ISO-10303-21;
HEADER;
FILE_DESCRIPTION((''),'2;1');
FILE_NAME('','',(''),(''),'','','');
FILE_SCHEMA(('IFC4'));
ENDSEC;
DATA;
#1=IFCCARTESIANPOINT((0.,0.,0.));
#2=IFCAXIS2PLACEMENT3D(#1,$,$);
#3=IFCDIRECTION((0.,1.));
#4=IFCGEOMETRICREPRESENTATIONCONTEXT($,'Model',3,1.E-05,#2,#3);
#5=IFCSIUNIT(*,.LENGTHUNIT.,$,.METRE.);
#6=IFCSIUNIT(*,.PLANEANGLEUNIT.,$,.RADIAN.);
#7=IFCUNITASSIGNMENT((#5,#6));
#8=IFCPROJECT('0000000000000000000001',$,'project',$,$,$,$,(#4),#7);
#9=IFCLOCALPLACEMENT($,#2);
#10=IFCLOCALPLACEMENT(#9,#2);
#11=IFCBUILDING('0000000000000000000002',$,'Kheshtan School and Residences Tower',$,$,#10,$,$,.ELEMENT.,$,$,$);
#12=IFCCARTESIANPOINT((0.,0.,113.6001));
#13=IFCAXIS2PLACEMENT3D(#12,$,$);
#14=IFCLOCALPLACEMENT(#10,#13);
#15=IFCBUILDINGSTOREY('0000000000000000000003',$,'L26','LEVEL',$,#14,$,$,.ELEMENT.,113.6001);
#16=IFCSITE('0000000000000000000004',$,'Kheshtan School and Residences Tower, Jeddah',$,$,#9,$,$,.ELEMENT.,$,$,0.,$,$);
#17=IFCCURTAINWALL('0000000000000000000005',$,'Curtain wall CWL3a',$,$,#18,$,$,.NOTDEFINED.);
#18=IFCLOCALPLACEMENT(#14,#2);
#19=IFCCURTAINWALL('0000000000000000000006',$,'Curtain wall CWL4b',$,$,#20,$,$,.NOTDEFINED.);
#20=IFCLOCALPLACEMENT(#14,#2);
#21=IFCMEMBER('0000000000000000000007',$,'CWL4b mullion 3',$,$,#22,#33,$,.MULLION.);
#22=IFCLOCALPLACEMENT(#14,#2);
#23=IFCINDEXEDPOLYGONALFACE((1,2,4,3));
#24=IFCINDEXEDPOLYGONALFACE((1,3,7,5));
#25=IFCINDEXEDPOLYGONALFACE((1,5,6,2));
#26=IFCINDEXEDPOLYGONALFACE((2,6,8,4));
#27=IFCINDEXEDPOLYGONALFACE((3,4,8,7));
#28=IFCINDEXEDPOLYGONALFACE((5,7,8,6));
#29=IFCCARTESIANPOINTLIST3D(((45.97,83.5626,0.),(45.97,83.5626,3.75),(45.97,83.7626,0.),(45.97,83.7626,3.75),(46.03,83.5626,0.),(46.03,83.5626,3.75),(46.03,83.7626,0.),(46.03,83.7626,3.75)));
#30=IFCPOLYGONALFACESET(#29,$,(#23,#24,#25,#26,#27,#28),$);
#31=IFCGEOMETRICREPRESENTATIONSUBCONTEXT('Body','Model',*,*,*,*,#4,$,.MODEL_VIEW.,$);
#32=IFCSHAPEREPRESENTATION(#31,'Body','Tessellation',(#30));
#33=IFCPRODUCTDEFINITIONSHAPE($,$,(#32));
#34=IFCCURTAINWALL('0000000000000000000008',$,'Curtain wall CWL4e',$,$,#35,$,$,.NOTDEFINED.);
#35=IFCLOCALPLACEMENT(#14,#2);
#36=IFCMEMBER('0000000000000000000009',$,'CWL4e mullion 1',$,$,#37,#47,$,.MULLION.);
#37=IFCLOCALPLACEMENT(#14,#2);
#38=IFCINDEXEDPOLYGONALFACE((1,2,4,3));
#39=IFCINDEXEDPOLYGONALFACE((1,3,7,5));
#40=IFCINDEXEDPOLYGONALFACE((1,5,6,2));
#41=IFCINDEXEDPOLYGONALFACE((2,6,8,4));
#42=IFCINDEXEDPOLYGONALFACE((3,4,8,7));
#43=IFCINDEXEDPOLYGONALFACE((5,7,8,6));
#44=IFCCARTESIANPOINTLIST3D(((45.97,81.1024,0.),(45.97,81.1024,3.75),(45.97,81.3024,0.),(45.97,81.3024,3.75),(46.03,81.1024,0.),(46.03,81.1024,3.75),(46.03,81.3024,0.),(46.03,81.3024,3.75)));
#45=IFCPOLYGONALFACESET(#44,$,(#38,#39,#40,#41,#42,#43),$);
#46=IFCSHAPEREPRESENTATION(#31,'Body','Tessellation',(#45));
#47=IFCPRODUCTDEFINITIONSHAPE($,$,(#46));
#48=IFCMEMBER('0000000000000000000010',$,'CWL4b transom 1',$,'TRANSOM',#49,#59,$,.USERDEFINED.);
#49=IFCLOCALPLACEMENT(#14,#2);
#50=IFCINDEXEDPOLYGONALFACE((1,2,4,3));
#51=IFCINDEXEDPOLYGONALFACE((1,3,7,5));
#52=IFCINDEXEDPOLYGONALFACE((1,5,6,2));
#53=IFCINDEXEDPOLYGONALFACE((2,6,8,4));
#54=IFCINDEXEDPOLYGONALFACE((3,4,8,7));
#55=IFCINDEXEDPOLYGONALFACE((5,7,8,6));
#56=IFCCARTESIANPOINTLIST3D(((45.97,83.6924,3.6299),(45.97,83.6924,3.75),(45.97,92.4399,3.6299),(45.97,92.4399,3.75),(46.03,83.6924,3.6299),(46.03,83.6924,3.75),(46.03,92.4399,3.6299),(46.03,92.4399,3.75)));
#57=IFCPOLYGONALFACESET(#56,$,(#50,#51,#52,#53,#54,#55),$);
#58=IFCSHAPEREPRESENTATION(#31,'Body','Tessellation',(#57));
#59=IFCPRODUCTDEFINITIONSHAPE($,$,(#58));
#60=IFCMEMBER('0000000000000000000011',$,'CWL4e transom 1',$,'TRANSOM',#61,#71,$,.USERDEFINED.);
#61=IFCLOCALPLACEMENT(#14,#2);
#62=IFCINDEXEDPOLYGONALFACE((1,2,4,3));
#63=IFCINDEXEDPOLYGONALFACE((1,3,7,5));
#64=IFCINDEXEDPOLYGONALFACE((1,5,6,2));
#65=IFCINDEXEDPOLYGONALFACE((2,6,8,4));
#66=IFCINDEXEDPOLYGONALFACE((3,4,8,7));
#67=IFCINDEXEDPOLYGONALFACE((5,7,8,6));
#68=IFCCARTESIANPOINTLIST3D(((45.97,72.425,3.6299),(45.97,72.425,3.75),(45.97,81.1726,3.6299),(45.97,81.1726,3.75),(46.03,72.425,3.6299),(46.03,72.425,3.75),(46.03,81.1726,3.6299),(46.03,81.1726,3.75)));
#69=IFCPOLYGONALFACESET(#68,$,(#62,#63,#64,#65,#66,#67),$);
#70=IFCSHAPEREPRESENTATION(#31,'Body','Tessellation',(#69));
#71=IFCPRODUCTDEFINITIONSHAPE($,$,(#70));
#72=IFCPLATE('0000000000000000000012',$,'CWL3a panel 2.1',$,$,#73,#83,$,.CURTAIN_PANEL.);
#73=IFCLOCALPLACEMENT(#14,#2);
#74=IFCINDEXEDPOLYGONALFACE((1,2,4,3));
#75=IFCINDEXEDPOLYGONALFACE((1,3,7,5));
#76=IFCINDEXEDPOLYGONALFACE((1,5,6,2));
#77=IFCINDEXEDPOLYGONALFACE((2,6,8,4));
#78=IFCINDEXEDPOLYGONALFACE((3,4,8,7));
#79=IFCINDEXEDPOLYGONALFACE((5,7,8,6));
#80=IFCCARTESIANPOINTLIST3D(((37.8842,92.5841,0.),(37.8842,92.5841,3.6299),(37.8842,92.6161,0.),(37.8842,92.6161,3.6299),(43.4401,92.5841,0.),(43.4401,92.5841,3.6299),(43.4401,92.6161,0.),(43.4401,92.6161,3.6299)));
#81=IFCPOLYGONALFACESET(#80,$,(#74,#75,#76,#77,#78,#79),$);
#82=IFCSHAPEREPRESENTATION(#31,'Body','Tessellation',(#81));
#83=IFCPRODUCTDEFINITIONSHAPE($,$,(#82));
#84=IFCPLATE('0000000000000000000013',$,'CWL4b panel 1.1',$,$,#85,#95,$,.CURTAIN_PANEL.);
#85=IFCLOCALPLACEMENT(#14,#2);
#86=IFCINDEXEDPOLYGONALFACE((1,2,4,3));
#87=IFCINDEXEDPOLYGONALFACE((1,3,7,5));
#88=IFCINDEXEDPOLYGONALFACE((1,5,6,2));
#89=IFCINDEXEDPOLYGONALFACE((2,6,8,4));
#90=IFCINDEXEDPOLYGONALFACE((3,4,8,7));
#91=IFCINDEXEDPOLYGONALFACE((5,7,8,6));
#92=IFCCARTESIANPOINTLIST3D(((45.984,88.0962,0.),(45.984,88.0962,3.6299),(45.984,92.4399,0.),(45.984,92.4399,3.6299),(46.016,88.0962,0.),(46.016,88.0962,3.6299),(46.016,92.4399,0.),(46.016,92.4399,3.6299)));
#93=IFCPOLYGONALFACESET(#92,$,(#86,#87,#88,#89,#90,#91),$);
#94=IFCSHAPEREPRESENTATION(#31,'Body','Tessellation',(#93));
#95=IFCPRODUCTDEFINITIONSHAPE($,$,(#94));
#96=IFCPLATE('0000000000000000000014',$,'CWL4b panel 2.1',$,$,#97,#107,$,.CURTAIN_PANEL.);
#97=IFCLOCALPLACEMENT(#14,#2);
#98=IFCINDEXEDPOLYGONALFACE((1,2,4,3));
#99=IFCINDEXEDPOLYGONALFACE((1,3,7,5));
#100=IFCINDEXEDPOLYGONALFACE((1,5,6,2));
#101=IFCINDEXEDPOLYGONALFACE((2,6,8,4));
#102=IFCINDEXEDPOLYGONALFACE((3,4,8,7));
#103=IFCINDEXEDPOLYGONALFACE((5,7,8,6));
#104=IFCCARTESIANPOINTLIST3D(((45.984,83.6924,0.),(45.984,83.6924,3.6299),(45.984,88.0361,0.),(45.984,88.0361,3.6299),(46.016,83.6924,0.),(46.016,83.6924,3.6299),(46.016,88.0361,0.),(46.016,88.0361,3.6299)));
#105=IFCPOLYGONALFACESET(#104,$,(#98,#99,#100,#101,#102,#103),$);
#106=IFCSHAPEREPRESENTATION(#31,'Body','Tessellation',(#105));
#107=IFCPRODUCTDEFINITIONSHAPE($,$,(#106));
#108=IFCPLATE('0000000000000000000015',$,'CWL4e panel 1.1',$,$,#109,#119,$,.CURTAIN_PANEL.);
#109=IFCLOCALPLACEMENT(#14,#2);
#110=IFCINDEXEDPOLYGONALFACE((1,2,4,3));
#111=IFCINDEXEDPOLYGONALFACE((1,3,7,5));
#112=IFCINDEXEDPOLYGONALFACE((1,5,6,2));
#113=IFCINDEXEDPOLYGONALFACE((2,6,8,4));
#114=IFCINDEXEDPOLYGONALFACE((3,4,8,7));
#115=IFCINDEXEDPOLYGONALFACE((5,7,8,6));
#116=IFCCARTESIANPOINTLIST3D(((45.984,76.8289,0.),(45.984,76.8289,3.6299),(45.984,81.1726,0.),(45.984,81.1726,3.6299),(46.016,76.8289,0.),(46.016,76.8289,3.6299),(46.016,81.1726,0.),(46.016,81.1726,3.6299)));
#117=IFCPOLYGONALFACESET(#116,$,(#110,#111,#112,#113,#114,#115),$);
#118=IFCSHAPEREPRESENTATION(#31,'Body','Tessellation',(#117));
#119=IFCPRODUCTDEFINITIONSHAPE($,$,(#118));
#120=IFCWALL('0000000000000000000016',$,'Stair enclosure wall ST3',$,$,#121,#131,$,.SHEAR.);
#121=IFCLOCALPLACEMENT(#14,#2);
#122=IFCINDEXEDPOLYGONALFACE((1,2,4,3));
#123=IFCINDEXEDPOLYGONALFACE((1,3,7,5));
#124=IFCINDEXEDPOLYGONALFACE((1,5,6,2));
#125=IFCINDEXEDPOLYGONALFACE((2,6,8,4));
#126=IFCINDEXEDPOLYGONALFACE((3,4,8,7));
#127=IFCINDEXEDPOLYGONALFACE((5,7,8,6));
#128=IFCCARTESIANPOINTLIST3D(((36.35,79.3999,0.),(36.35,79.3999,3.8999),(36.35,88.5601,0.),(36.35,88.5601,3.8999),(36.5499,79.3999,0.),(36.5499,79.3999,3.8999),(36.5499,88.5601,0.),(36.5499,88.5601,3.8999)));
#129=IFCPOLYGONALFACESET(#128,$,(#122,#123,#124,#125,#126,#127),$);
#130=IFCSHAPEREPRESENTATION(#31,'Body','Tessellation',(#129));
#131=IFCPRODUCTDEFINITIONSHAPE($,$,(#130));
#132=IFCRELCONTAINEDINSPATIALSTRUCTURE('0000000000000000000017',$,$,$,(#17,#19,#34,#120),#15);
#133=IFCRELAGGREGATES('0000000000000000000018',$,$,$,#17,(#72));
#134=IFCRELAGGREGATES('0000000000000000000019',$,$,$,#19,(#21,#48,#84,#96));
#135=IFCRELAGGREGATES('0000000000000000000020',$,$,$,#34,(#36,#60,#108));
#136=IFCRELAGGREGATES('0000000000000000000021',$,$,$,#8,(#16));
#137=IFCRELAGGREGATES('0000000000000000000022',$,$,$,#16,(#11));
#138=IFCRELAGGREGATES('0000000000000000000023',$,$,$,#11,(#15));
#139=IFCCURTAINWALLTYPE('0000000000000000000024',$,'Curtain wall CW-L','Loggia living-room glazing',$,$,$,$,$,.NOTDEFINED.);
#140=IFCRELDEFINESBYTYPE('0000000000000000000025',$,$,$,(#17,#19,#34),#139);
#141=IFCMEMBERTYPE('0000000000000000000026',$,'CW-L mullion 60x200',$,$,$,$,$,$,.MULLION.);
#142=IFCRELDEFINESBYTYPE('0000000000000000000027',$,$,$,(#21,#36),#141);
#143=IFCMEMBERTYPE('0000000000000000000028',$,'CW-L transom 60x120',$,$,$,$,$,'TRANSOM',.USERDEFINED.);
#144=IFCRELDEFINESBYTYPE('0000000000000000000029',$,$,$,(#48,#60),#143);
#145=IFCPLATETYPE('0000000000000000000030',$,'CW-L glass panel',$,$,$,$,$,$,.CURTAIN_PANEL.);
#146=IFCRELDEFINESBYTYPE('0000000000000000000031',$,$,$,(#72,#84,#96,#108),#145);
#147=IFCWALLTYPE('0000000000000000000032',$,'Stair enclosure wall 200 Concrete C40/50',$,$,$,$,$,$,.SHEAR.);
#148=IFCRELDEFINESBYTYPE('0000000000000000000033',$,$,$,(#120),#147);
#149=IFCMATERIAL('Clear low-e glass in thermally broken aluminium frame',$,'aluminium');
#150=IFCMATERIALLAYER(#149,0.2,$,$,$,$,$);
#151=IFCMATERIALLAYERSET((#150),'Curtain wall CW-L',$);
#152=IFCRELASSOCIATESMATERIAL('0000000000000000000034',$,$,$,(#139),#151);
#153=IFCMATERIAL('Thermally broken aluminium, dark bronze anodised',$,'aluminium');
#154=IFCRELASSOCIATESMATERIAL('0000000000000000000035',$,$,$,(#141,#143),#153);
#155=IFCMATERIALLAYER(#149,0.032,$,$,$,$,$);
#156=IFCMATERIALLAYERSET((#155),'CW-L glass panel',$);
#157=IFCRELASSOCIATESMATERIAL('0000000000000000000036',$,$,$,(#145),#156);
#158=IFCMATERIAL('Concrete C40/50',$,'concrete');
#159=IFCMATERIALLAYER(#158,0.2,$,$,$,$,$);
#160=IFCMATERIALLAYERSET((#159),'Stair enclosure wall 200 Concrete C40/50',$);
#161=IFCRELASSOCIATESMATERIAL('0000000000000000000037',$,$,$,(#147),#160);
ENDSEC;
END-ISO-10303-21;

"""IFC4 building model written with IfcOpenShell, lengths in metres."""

from ifc_helpers import new_model, si_unit, direction, frame, frame_2d, origin, origin_2d, place, context, subcontext, project, spatial, rectangle, extrude, material, layer, layer_set, material_profile, profile_set, type_object, element, aggregate, save


model = new_model("IFC4")

# Units and contexts
model_context = context("Model", 3, precision=1e-05, world=origin(), true_north=direction((0.0, 1.0)))
body_context = subcontext(model_context, "Body", "Model", "MODEL_VIEW")
ifc_project = project(units=[si_unit("LENGTHUNIT", "METRE"), si_unit("PLANEANGLEUNIT", "RADIAN")], contexts=[model_context])

# Site, building, storey
site_placement = place(None, origin())
site = spatial("IfcSite", under=ifc_project, at=site_placement, Name="Kheshtan School and Residences Tower, Jeddah", CompositionType="ELEMENT", RefElevation=0.0)
building_placement = place(site_placement, origin())
building = spatial("IfcBuilding", under=site, at=building_placement, Name="Kheshtan School and Residences Tower", CompositionType="ELEMENT")
storey_placement = place(building_placement, frame((0.0, 0.0, 113.6001)))
storey = spatial("IfcBuildingStorey", under=building, at=storey_placement, Name="L26", Description="LEVEL", CompositionType="ELEMENT", Elevation=113.6001)

# Curtain walls, member
ifc_material_1 = material(Name="Clear low-e glass in thermally broken aluminium frame", Category="aluminium")
ifc_layer_1 = layer(ifc_material_1, 0.2)
ifc_layer_set_1 = layer_set([ifc_layer_1], Name="Curtain wall CW-L")
curtain_wall_type = type_object("IfcCurtainWallType", Name="Curtain wall CW-L", Description="Loggia living-room glazing", PredefinedType="NOTDEFINED", material=ifc_layer_set_1)
curtain_wall_1_placement = place(storey_placement, origin())
curtain_wall_1 = element("IfcCurtainWall", 1, at=curtain_wall_1_placement, inside=storey, type_object=curtain_wall_type, Name="Curtain wall CWL3a", PredefinedType="NOTDEFINED")
ifc_material_2 = material(Name="Thermally broken aluminium, dark bronze anodised", Category="aluminium")
ifc_material_profile_1 = material_profile(ifc_material_2, rectangle(XDim=0.0601, YDim=0.2, at=origin_2d()), Name="CW-L mullion 60x200")
ifc_profile_set_1 = profile_set([ifc_material_profile_1], Name="Thermally broken aluminium, dark bronze anodised")
member_type_1 = type_object("IfcMemberType", Name="CW-L mullion 60x200", PredefinedType="MULLION", material=ifc_profile_set_1)
curtain_wall_2_placement = place(storey_placement, origin())
curtain_wall_2 = element("IfcCurtainWall", 2, at=curtain_wall_2_placement, inside=storey, type_object=curtain_wall_type, Name="Curtain wall CWL4b", PredefinedType="NOTDEFINED")
member_1_placement = place(storey_placement, frame((46.0, 83.6626, 0.0), z_axis=(0.0, 0.0, 1.0), x_axis=(1.0, 0.0, 0.0)))
member_1 = element("IfcMember", 3, at=member_1_placement, type_object=member_type_1, Name="CWL4b mullion 3", PredefinedType="MULLION", context=body_context, shape_type="SweptSolid", body=[
    extrude(rectangle(XDim=0.0601, YDim=0.2, at=origin_2d()), origin(), (0.0, 0.0, 1.0), 3.75),
])

# Curtain wall, member
curtain_wall_3_placement = place(storey_placement, origin())
curtain_wall_3 = element("IfcCurtainWall", 4, at=curtain_wall_3_placement, inside=storey, type_object=curtain_wall_type, Name="Curtain wall CWL4e", PredefinedType="NOTDEFINED")
member_2_placement = place(storey_placement, frame((46.0, 81.2024, 0.0), z_axis=(0.0, 0.0, 1.0), x_axis=(1.0, 0.0, 0.0)))
member_2 = element("IfcMember", 5, at=member_2_placement, type_object=member_type_1, Name="CWL4e mullion 1", PredefinedType="MULLION", context=body_context, shape_type="SweptSolid", body=[
    extrude(rectangle(XDim=0.0601, YDim=0.2, at=origin_2d()), origin(), (0.0, 0.0, 1.0), 3.75),
])

# Members
ifc_material_profile_2 = material_profile(ifc_material_2, rectangle(XDim=0.0601, YDim=0.1201, at=origin_2d()), Name="CW-L transom 60x120")
ifc_profile_set_2 = profile_set([ifc_material_profile_2], Name="Thermally broken aluminium, dark bronze anodised")
member_type_2 = type_object("IfcMemberType", Name="CW-L transom 60x120", ElementType="TRANSOM", PredefinedType="USERDEFINED", material=ifc_profile_set_2)
member_3_placement = place(storey_placement, frame((46.0, 92.4399, 3.6899), z_axis=(0.0, -1.0, 0.0), x_axis=(1.0, 0.0, 0.0)))
member_3 = element("IfcMember", 6, at=member_3_placement, type_object=member_type_2, Name="CWL4b transom 1", ObjectType="TRANSOM", PredefinedType="USERDEFINED", context=body_context, shape_type="SweptSolid", body=[
    extrude(rectangle(XDim=0.0601, YDim=0.1201, at=origin_2d()), origin(), (0.0, 0.0, 1.0), 8.7476),
])
member_4_placement = place(storey_placement, frame((46.0, 81.1726, 3.6899), z_axis=(0.0, -1.0, 0.0), x_axis=(1.0, 0.0, 0.0)))
member_4 = element("IfcMember", 7, at=member_4_placement, type_object=member_type_2, Name="CWL4e transom 1", ObjectType="TRANSOM", PredefinedType="USERDEFINED", context=body_context, shape_type="SweptSolid", body=[
    extrude(rectangle(XDim=0.0601, YDim=0.1201, at=origin_2d()), origin(), (0.0, 0.0, 1.0), 8.7476),
])

# Plates
ifc_layer_2 = layer(ifc_material_1, 0.032)
ifc_layer_set_2 = layer_set([ifc_layer_2], Name="CW-L glass panel")
plate_type = type_object("IfcPlateType", Name="CW-L glass panel", PredefinedType="CURTAIN_PANEL", material=ifc_layer_set_2)
plate_1_placement = place(storey_placement, frame((40.6621, 92.6001, 0.0), z_axis=(0.0, 0.0, 1.0), x_axis=(1.0, 0.0, 0.0)))
plate_1 = element("IfcPlate", 8, at=plate_1_placement, type_object=plate_type, Name="CWL3a panel 2.1", PredefinedType="CURTAIN_PANEL", context=body_context, shape_type="SweptSolid", body=[
    extrude(rectangle(XDim=5.5559, YDim=0.032, at=origin_2d()), origin(), (0.0, 0.0, 1.0), 3.6299),
])
aggregate(curtain_wall_1, [plate_1])
plate_2_placement = place(storey_placement, frame((46.0, 90.2681, 0.0), z_axis=(0.0, 0.0, 1.0), x_axis=(0.0, -1.0, 0.0)))
plate_2 = element("IfcPlate", 9, at=plate_2_placement, type_object=plate_type, Name="CWL4b panel 1.1", PredefinedType="CURTAIN_PANEL", context=body_context, shape_type="SweptSolid", body=[
    extrude(rectangle(XDim=4.3438, YDim=0.032, at=origin_2d()), origin(), (0.0, 0.0, 1.0), 3.6299),
])
plate_3_placement = place(storey_placement, frame((46.0, 85.8643, 0.0), z_axis=(0.0, 0.0, 1.0), x_axis=(0.0, -1.0, 0.0)))
plate_3 = element("IfcPlate", 10, at=plate_3_placement, type_object=plate_type, Name="CWL4b panel 2.1", PredefinedType="CURTAIN_PANEL", context=body_context, shape_type="SweptSolid", body=[
    extrude(rectangle(XDim=4.3438, YDim=0.032, at=origin_2d()), origin(), (0.0, 0.0, 1.0), 3.6299),
])
aggregate(curtain_wall_2, [member_1, member_3, plate_2, plate_3])
plate_4_placement = place(storey_placement, frame((46.0, 79.0007, 0.0), z_axis=(0.0, 0.0, 1.0), x_axis=(0.0, -1.0, 0.0)))
plate_4 = element("IfcPlate", 11, at=plate_4_placement, type_object=plate_type, Name="CWL4e panel 1.1", PredefinedType="CURTAIN_PANEL", context=body_context, shape_type="SweptSolid", body=[
    extrude(rectangle(XDim=4.3438, YDim=0.032, at=origin_2d()), origin(), (0.0, 0.0, 1.0), 3.6299),
])
aggregate(curtain_wall_3, [member_2, member_4, plate_4])

# Wall
ifc_material_3 = material(Name="Concrete C40/50", Category="concrete")
ifc_layer_3 = layer(ifc_material_3, 0.2)
ifc_layer_set_3 = layer_set([ifc_layer_3], Name="Stair enclosure wall 200 Concrete C40/50")
wall_type_1 = type_object("IfcWallType", Name="Stair enclosure wall 200 Concrete C40/50", PredefinedType="SHEAR", material=ifc_layer_set_3)
wall_1_placement = place(storey_placement, frame((36.45, 79.3999, 0.0), z_axis=(0.0, 0.0, 1.0), x_axis=(0.0, 1.0, 0.0)))
element("IfcWall", 12, at=wall_1_placement, inside=storey, type_object=wall_type_1, Name="Stair enclosure wall ST3", PredefinedType="SHEAR", context=body_context, shape_type="SweptSolid", body=[
    extrude(rectangle(XDim=9.1602, YDim=0.2, at=frame_2d((4.5801, 0.0))), origin(), (0.0, 0.0, 1.0), 3.8999),
])

save(model, "model.ifc")
